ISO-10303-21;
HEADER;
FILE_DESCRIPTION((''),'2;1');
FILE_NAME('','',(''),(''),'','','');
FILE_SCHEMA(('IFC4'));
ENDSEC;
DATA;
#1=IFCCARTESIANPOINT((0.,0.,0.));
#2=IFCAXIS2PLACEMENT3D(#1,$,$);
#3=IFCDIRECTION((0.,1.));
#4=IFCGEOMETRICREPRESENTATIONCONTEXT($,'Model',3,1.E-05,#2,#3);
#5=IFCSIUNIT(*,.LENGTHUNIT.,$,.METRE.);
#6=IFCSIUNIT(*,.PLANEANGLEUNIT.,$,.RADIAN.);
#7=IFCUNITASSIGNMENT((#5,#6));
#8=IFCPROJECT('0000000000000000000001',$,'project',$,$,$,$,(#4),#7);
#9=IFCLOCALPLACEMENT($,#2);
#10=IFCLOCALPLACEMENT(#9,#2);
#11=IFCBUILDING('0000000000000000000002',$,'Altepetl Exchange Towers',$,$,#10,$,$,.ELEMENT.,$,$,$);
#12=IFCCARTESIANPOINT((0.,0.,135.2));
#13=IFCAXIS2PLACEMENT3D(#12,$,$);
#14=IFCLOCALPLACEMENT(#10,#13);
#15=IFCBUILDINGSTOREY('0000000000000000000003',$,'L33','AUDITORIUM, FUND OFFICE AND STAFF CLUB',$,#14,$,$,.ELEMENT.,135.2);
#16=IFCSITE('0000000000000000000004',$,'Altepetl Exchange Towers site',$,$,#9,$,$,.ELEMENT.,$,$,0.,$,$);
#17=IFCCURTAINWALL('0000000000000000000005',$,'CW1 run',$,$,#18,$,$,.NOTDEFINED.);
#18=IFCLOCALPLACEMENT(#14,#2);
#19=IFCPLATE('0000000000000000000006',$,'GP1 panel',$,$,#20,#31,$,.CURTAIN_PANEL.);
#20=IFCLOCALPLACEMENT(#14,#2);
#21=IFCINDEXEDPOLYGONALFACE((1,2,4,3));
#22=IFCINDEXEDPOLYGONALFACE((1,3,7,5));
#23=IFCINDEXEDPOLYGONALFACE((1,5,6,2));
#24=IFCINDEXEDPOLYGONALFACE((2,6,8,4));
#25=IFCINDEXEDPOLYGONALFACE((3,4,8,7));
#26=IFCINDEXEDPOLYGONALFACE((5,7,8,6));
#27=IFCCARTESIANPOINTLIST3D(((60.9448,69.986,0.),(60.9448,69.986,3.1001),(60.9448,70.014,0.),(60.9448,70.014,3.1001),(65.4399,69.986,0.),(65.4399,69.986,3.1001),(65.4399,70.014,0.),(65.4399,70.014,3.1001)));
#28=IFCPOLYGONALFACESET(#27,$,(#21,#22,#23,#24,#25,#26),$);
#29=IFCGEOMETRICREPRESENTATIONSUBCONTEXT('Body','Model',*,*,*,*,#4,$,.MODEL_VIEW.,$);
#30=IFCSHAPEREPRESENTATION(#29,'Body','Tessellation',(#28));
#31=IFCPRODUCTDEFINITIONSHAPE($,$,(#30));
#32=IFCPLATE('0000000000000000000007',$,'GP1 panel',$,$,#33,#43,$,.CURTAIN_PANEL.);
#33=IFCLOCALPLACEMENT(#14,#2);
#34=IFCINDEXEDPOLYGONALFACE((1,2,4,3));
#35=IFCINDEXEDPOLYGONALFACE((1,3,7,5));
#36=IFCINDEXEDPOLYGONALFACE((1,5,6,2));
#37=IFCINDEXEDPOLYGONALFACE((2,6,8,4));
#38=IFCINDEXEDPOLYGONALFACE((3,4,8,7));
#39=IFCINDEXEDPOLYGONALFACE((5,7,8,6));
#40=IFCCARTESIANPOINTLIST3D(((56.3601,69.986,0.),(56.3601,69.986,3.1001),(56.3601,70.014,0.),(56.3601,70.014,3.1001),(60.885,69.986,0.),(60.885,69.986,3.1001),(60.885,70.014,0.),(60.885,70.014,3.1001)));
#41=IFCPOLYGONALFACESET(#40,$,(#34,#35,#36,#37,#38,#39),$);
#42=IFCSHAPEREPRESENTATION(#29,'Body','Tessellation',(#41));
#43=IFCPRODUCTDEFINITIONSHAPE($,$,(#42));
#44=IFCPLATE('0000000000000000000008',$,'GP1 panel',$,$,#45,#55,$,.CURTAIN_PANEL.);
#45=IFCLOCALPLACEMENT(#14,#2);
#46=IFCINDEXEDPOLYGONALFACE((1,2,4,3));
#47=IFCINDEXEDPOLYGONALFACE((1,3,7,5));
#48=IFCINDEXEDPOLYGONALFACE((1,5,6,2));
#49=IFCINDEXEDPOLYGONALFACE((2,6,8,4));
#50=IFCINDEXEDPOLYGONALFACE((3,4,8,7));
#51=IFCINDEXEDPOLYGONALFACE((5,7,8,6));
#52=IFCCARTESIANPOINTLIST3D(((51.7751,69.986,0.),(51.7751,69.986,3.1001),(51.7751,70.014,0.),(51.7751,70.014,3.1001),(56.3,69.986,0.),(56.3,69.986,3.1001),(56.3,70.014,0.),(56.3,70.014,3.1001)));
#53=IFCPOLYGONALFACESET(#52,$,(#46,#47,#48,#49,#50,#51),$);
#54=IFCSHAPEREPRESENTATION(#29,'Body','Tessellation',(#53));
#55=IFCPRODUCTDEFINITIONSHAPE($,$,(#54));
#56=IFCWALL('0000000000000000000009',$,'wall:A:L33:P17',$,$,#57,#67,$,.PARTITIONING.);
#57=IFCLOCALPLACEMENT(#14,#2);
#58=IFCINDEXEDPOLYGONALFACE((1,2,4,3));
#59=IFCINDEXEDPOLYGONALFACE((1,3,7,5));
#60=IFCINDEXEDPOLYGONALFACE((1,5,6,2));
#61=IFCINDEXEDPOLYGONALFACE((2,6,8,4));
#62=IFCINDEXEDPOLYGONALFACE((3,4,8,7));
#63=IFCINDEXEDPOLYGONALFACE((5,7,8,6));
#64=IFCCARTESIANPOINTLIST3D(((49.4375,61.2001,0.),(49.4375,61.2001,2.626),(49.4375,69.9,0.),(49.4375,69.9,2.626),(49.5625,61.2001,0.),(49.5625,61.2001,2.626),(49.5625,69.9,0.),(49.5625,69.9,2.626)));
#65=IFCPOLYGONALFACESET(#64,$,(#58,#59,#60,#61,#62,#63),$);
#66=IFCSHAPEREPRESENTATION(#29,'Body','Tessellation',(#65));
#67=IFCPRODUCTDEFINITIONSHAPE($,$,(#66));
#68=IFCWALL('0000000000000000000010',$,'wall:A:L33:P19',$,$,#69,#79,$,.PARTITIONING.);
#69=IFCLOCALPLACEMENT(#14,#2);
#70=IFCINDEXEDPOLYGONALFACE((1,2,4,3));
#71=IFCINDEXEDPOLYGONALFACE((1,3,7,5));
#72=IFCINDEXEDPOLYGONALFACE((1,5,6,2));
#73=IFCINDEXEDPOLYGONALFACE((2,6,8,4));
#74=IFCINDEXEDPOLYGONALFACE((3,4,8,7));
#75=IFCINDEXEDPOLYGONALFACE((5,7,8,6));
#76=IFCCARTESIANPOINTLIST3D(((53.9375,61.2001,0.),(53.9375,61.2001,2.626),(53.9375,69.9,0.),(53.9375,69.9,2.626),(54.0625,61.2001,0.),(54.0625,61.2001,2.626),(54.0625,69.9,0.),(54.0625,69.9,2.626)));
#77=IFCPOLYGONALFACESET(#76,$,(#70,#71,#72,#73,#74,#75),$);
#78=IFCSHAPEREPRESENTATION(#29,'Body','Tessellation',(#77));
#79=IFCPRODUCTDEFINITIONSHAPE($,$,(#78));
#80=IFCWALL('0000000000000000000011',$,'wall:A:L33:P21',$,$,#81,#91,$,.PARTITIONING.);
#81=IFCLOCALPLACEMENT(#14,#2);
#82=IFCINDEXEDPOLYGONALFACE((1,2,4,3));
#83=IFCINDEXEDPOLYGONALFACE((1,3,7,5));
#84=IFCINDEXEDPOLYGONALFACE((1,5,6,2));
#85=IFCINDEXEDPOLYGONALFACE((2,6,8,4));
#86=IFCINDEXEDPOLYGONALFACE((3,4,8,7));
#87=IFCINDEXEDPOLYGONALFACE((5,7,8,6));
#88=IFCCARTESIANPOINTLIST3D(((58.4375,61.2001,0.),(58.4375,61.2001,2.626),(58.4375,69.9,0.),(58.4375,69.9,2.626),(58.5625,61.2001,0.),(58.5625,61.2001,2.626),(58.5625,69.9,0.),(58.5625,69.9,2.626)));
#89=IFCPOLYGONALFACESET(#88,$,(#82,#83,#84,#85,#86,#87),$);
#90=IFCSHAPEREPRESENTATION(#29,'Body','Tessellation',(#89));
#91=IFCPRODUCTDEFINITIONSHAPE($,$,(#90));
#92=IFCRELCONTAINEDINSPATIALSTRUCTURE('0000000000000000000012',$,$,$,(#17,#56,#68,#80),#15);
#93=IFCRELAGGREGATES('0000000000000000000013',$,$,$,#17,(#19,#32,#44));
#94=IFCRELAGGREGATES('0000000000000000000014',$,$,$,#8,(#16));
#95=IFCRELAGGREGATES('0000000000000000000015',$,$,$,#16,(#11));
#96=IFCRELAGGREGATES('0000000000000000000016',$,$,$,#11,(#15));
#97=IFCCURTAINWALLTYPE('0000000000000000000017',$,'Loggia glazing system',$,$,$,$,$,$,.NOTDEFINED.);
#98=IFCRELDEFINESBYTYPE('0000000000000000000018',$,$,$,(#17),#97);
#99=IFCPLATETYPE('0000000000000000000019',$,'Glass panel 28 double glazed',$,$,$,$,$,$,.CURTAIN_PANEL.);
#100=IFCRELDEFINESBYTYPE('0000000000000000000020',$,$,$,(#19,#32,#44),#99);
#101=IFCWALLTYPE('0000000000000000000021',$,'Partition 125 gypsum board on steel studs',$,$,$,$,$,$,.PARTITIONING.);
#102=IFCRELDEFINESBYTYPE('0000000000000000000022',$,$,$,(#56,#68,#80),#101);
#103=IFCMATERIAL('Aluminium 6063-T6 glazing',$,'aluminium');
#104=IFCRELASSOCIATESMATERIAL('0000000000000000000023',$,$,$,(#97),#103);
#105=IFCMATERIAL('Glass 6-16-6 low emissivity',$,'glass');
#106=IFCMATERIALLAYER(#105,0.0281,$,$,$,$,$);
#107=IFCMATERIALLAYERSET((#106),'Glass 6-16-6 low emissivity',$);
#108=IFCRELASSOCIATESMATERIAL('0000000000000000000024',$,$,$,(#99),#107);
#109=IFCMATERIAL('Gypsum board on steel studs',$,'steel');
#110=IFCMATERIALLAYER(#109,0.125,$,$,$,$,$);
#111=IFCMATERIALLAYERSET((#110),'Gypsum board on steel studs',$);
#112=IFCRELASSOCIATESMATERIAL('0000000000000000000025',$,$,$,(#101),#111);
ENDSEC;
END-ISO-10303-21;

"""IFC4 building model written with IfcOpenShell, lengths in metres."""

from ifc_helpers import new_model, si_unit, direction, frame, frame_2d, origin, origin_2d, place, context, subcontext, project, spatial, rectangle, extrude, material, layer, layer_set, type_object, element, aggregate, save


model = new_model("IFC4")

# Units and contexts
model_context = context("Model", 3, precision=1e-05, world=origin(), true_north=direction((0.0, 1.0)))
body_context = subcontext(model_context, "Body", "Model", "MODEL_VIEW")
ifc_project = project(units=[si_unit("LENGTHUNIT", "METRE"), si_unit("PLANEANGLEUNIT", "RADIAN")], contexts=[model_context])

# Site, building, storey
site_placement = place(None, origin())
site = spatial("IfcSite", under=ifc_project, at=site_placement, Name="Altepetl Exchange Towers site", CompositionType="ELEMENT", RefElevation=0.0)
building_placement = place(site_placement, origin())
building = spatial("IfcBuilding", under=site, at=building_placement, Name="Altepetl Exchange Towers", CompositionType="ELEMENT")
storey_placement = place(building_placement, frame((0.0, 0.0, 135.2)))
storey = spatial("IfcBuildingStorey", under=building, at=storey_placement, Name="L33", Description="AUDITORIUM, FUND OFFICE AND STAFF CLUB", CompositionType="ELEMENT", Elevation=135.2)

# Shared definitions
ifc_material_1 = material(Name="Aluminium 6063-T6 glazing", Category="aluminium")
curtain_wall_type = type_object("IfcCurtainWallType", Name="Loggia glazing system", PredefinedType="NOTDEFINED", material=ifc_material_1)

# Curtain wall
curtain_wall_1_placement = place(storey_placement, origin())
curtain_wall_1 = element("IfcCurtainWall", 1, at=curtain_wall_1_placement, inside=storey, type_object=curtain_wall_type, Name="CW1 run", PredefinedType="NOTDEFINED")

# Plates
ifc_material_2 = material(Name="Glass 6-16-6 low emissivity", Category="glass")
ifc_layer_1 = layer(ifc_material_2, 0.0281)
ifc_layer_set_1 = layer_set([ifc_layer_1], Name="Glass 6-16-6 low emissivity")
plate_type = type_object("IfcPlateType", Name="Glass panel 28 double glazed", PredefinedType="CURTAIN_PANEL", material=ifc_layer_set_1)
plate_1_placement = place(storey_placement, frame((63.1924, 70.0, 0.0), z_axis=(0.0, 0.0, 1.0), x_axis=(-1.0, 0.0, 0.0)))
plate_1 = element("IfcPlate", 2, at=plate_1_placement, type_object=plate_type, Name="GP1 panel", PredefinedType="CURTAIN_PANEL", context=body_context, shape_type="SweptSolid", body=[
    extrude(rectangle(XDim=4.4951, YDim=0.0281, at=origin_2d()), origin(), (0.0, 0.0, 1.0), 3.1001),
])
plate_2_placement = place(storey_placement, frame((58.6226, 70.0, 0.0), z_axis=(0.0, 0.0, 1.0), x_axis=(-1.0, 0.0, 0.0)))
plate_2 = element("IfcPlate", 3, at=plate_2_placement, type_object=plate_type, Name="GP1 panel", PredefinedType="CURTAIN_PANEL", context=body_context, shape_type="SweptSolid", body=[
    extrude(rectangle(XDim=4.5249, YDim=0.0281, at=origin_2d()), origin(), (0.0, 0.0, 1.0), 3.1001),
])
plate_3_placement = place(storey_placement, frame((54.0376, 70.0, 0.0), z_axis=(0.0, 0.0, 1.0), x_axis=(-1.0, 0.0, 0.0)))
plate_3 = element("IfcPlate", 4, at=plate_3_placement, type_object=plate_type, Name="GP1 panel", PredefinedType="CURTAIN_PANEL", context=body_context, shape_type="SweptSolid", body=[
    extrude(rectangle(XDim=4.5249, YDim=0.0281, at=origin_2d()), origin(), (0.0, 0.0, 1.0), 3.1001),
])
aggregate(curtain_wall_1, [plate_1, plate_2, plate_3])

# Walls
ifc_material_3 = material(Name="Gypsum board on steel studs", Category="steel")
ifc_layer_2 = layer(ifc_material_3, 0.125)
ifc_layer_set_2 = layer_set([ifc_layer_2], Name="Gypsum board on steel studs")
wall_type = type_object("IfcWallType", Name="Partition 125 gypsum board on steel studs", PredefinedType="PARTITIONING", material=ifc_layer_set_2)
for number, where, z_axis, x_axis, name in (
    (5, (49.5, 61.2, 0.0), (0.0, 0.0, 1.0), (0.0, 1.0, 0.0), "wall:A:L33:P17"),
    (6, (54.0, 61.2, 0.0), (0.0, 0.0, 1.0), (0.0, 1.0, 0.0), "wall:A:L33:P19"),
    (7, (58.5, 61.2, 0.0), (0.0, 0.0, 1.0), (0.0, 1.0, 0.0), "wall:A:L33:P21"),
):
    element("IfcWall", number, at=place(storey_placement, frame(where, z_axis=z_axis, x_axis=x_axis)), inside=storey, type_object=wall_type, Name=name, PredefinedType="PARTITIONING", context=body_context, shape_type="SweptSolid", body=[
        extrude(rectangle(XDim=8.7, YDim=0.125, at=frame_2d((4.3501, 0.0))), origin(), (0.0, 0.0, 1.0), 2.626),
    ])

save(model, "model.ifc")
